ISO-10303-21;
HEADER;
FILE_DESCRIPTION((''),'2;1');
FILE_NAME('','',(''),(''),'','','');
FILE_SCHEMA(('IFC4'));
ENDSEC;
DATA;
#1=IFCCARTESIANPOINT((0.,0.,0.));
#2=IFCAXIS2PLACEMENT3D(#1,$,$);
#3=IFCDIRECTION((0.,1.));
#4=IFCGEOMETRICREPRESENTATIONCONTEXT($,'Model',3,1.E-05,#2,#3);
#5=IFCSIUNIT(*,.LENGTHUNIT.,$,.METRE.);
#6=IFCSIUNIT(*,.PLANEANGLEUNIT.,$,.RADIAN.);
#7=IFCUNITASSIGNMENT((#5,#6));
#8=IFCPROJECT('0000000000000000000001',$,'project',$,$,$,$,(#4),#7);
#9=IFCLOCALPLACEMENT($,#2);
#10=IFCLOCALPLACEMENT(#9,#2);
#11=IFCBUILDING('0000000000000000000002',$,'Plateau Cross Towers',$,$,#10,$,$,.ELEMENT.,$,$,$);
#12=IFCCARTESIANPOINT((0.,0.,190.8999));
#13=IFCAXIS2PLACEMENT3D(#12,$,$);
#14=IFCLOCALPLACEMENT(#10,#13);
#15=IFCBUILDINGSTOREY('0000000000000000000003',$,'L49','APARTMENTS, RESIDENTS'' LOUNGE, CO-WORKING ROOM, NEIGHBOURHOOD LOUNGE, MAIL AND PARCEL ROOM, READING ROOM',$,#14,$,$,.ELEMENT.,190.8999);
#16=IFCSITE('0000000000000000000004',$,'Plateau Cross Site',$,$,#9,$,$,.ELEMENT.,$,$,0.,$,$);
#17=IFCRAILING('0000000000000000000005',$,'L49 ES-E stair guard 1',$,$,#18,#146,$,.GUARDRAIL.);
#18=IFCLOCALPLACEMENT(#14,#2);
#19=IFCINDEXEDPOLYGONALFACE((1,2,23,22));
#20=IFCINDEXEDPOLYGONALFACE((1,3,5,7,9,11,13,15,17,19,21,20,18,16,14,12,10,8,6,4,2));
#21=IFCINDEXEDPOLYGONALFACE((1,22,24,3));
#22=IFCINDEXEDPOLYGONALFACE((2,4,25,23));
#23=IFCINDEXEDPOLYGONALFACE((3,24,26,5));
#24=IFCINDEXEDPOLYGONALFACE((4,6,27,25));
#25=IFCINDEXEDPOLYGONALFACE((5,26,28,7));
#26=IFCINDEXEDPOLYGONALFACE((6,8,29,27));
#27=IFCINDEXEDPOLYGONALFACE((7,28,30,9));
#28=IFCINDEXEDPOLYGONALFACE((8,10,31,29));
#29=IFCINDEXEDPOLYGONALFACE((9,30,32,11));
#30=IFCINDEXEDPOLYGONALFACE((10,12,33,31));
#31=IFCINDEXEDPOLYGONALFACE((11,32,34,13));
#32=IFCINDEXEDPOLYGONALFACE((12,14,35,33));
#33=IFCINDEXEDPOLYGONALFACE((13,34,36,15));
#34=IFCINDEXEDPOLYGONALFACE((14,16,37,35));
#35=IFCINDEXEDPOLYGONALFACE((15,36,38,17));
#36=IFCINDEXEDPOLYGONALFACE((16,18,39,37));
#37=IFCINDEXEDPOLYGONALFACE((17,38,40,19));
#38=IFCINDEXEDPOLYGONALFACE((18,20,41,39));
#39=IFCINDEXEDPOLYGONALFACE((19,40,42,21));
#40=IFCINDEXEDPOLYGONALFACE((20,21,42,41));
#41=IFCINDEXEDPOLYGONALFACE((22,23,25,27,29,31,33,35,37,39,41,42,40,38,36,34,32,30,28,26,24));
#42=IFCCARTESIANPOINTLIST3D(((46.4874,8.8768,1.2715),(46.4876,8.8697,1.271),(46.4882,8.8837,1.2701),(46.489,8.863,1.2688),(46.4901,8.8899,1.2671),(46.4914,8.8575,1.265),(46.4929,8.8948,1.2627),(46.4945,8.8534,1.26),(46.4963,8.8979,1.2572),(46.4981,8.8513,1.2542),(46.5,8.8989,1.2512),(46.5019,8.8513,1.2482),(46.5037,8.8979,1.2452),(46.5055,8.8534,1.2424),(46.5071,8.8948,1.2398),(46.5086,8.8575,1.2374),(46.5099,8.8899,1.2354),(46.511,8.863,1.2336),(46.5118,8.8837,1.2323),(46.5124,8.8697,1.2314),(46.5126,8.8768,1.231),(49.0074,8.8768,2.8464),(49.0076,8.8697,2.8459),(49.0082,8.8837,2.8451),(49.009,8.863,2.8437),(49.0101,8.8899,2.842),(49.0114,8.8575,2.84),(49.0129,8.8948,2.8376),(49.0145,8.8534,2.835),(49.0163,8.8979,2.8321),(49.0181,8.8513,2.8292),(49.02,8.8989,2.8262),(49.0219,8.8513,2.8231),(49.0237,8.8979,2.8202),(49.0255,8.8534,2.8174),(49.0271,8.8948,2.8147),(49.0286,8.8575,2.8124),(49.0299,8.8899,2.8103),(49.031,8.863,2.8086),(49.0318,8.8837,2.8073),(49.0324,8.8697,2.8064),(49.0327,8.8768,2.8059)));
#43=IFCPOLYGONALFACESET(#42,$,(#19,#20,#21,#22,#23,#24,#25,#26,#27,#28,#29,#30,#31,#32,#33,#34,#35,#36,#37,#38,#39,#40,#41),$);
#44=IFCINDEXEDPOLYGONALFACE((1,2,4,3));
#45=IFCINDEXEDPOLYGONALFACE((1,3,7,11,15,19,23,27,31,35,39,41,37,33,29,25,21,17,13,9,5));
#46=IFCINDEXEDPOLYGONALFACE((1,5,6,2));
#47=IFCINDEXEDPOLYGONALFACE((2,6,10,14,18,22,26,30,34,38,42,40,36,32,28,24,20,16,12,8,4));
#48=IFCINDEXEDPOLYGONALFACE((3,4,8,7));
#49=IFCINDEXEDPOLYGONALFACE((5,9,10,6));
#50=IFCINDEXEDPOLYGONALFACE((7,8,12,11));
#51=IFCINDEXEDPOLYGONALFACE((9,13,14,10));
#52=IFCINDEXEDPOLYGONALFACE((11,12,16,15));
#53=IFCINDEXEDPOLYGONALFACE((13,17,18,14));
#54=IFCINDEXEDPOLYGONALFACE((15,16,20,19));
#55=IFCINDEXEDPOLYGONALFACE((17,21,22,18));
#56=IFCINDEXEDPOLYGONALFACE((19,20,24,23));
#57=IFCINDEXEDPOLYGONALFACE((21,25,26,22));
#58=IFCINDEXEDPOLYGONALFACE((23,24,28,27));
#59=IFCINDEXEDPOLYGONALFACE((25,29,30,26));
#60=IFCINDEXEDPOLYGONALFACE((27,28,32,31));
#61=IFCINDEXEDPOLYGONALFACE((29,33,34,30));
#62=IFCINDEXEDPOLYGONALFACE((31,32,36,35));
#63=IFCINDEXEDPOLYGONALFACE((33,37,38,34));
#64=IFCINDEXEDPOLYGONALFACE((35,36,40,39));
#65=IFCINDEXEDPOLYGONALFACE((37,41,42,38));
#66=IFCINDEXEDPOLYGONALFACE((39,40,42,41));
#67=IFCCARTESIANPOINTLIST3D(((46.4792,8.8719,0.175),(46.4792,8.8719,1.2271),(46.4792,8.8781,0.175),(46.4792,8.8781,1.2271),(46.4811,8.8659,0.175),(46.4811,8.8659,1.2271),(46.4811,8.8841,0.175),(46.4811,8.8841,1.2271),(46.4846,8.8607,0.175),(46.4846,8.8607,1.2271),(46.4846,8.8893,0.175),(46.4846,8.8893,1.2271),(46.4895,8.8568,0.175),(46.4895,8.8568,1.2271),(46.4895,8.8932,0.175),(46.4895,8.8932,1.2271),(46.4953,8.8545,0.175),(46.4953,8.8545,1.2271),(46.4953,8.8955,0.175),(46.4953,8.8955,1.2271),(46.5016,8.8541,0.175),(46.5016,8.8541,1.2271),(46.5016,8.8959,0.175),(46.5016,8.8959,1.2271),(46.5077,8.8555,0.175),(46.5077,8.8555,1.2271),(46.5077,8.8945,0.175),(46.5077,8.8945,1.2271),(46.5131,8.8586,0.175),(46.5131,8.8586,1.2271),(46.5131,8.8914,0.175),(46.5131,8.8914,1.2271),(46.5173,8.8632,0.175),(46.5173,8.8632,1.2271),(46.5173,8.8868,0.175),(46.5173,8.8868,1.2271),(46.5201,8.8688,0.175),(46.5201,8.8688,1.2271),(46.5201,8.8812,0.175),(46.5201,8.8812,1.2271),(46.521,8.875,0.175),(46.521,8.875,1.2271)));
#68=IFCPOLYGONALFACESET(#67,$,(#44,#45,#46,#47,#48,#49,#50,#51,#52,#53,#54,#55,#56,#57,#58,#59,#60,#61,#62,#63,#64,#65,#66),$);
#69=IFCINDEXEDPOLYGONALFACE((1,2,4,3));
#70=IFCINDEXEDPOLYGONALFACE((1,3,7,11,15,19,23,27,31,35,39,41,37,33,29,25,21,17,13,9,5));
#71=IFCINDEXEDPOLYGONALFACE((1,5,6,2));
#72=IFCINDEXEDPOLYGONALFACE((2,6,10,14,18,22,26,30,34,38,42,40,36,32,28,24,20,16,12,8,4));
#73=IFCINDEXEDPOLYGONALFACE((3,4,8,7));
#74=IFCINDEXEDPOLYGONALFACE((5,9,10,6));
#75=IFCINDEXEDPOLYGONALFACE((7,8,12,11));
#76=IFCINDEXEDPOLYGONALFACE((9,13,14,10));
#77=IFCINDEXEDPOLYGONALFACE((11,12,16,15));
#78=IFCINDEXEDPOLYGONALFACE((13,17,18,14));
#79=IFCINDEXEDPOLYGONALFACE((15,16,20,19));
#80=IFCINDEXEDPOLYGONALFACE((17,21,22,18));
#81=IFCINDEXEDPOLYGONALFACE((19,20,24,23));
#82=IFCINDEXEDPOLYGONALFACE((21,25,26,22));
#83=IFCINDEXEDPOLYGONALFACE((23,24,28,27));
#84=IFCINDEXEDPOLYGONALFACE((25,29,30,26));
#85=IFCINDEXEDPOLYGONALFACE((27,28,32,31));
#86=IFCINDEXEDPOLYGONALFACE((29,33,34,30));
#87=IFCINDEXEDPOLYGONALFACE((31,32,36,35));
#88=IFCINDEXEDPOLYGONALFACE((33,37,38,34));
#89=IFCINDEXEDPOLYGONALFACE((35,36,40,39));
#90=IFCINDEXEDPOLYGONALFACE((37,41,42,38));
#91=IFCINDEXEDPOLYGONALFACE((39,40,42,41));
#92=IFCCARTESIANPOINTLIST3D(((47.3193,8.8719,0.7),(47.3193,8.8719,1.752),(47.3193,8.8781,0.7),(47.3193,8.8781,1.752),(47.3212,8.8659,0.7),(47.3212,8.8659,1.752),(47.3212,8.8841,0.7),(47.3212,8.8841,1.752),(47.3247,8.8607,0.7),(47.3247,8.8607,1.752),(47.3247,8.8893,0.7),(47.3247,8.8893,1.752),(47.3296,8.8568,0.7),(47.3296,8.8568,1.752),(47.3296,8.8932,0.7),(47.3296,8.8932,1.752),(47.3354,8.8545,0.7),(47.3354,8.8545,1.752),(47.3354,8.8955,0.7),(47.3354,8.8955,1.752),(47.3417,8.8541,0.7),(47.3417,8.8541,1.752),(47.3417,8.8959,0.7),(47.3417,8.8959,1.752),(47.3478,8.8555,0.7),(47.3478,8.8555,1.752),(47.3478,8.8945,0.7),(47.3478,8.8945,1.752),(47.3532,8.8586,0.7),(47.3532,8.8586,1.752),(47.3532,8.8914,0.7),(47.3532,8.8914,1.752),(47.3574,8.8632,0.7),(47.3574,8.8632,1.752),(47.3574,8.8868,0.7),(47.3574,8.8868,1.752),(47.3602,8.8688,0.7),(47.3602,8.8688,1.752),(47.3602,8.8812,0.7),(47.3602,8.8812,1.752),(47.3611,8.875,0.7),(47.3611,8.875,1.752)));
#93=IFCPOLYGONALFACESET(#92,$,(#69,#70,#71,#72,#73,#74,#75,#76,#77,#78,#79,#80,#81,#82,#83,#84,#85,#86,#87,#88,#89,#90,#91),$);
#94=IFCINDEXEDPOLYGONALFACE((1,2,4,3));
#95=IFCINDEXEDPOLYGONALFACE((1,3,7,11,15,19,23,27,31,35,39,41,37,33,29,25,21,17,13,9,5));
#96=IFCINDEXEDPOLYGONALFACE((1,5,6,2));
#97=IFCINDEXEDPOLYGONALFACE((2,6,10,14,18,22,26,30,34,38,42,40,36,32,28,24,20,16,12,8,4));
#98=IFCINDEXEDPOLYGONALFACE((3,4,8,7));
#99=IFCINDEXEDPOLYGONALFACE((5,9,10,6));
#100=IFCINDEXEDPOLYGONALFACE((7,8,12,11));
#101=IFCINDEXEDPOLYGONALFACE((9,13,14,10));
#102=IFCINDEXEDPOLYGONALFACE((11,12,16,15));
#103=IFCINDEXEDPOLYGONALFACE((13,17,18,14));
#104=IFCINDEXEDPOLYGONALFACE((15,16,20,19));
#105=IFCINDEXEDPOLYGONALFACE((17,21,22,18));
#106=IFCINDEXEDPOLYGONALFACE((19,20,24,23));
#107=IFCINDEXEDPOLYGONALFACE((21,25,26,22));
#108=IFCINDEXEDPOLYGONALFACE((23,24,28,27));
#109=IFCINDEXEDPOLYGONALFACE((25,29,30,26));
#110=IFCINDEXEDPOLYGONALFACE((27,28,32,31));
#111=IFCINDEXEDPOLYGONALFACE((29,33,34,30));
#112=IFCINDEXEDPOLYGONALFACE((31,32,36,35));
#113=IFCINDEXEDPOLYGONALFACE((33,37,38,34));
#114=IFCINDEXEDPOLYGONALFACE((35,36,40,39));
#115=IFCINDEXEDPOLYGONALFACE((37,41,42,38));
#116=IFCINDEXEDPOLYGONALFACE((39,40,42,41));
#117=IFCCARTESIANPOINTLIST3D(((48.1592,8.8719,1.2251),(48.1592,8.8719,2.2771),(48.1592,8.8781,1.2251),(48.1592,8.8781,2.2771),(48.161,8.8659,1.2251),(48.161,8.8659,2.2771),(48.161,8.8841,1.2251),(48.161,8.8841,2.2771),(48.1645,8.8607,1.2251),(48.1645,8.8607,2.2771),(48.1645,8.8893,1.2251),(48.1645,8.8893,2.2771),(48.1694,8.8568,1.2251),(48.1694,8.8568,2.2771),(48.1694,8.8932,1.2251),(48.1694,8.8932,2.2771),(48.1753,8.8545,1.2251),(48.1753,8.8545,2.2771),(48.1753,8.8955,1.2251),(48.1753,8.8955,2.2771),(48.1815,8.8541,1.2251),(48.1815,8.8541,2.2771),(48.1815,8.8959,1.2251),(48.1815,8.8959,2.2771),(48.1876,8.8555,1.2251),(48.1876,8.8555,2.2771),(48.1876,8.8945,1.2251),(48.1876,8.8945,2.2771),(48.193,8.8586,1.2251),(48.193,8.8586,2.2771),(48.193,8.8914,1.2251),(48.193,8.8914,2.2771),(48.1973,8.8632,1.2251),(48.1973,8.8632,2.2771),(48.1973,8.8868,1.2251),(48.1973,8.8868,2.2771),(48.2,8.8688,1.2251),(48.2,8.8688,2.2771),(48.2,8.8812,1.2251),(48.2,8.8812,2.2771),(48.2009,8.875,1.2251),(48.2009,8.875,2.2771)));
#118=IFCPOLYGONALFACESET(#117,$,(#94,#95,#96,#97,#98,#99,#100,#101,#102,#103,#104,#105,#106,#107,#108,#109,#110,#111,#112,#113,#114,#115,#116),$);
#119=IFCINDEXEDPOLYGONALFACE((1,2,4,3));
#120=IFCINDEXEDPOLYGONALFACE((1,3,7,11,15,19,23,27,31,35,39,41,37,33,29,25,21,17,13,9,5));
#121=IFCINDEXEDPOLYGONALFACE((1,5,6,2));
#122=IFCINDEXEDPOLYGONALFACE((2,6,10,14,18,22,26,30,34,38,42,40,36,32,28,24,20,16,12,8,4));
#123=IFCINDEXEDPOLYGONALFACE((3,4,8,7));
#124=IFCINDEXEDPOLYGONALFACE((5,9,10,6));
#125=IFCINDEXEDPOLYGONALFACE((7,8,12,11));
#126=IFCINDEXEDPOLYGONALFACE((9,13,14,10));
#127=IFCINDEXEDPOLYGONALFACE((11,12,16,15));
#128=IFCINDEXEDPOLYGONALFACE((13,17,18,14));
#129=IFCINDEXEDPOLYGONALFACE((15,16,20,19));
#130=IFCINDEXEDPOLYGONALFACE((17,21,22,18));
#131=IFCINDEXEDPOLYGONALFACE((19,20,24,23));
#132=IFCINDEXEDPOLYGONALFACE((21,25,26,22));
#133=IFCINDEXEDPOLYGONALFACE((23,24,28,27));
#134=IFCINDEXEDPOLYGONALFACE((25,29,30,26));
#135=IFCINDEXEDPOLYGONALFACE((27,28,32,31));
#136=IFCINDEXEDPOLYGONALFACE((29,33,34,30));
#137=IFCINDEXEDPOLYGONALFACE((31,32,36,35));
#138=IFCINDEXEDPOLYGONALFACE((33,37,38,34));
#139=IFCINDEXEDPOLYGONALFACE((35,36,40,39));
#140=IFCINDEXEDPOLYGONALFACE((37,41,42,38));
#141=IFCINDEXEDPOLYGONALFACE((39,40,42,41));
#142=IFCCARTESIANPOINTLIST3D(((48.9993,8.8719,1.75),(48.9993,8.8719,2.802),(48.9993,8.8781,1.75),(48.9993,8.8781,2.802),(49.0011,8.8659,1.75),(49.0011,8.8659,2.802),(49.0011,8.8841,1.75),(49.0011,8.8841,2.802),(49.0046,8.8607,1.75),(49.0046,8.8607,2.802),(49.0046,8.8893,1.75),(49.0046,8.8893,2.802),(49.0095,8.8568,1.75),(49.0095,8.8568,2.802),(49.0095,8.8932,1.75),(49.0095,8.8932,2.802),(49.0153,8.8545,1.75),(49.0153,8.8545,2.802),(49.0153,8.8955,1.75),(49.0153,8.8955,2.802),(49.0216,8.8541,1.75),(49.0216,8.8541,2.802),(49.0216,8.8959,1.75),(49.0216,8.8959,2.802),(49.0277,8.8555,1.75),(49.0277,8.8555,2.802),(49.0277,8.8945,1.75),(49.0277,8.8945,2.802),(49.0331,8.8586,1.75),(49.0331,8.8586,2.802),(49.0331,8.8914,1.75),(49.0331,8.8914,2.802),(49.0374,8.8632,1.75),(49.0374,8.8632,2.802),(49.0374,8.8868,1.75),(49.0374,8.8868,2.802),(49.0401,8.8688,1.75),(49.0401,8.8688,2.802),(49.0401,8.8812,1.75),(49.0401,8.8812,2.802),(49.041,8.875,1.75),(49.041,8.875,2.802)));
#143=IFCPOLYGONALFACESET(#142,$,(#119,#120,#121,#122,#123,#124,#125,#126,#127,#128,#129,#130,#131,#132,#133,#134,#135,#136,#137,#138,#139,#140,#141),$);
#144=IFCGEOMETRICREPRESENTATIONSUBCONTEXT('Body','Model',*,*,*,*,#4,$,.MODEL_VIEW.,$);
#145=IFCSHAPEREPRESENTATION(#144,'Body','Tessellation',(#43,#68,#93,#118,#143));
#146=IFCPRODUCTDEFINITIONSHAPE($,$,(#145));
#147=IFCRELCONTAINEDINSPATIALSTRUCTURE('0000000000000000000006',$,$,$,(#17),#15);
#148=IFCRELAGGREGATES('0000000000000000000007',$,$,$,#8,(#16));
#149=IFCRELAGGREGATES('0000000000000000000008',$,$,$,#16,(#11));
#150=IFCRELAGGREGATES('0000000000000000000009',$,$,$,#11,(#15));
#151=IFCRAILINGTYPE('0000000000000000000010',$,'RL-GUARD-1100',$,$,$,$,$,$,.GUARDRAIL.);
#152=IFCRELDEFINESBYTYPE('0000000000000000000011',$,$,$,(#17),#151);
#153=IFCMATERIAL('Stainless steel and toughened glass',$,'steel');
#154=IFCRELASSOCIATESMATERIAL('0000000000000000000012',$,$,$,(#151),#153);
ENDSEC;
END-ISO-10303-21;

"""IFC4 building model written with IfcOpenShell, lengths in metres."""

from ifc_helpers import new_model, si_unit, direction, frame, origin, origin_2d, place, context, subcontext, project, spatial, circle, extrude, material, type_object, element, save


model = new_model("IFC4")

# Units and contexts
model_context = context("Model", 3, precision=1e-05, world=origin(), true_north=direction((0.0, 1.0)))
body_context = subcontext(model_context, "Body", "Model", "MODEL_VIEW")
ifc_project = project(units=[si_unit("LENGTHUNIT", "METRE"), si_unit("PLANEANGLEUNIT", "RADIAN")], contexts=[model_context])

# Site, building, storey
site_placement = place(None, origin())
site = spatial("IfcSite", under=ifc_project, at=site_placement, Name="Plateau Cross Site", CompositionType="ELEMENT", RefElevation=0.0)
building_placement = place(site_placement, origin())
building = spatial("IfcBuilding", under=site, at=building_placement, Name="Plateau Cross Towers", CompositionType="ELEMENT")
storey_placement = place(building_placement, frame((0.0, 0.0, 190.8999)))
storey = spatial("IfcBuildingStorey", under=building, at=storey_placement, Name="L49", Description="APARTMENTS, RESIDENTS' LOUNGE, CO-WORKING ROOM, NEIGHBOURHOOD LOUNGE, MAIL AND PARCEL ROOM, READING ROOM", CompositionType="ELEMENT", Elevation=190.8999)

# Railing
ifc_material_1 = material(Name="Stainless steel and toughened glass", Category="steel")
railing_type_1 = type_object("IfcRailingType", Name="RL-GUARD-1100", PredefinedType="GUARDRAIL", material=ifc_material_1)
railing_1_placement = place(storey_placement, frame((46.5, 8.875, 0.175)))
element("IfcRailing", 1, at=railing_1_placement, inside=storey, type_object=railing_type_1, Name="L49 ES-E stair guard 1", PredefinedType="GUARDRAIL", context=body_context, shape_type="SweptSolid", body=[
    extrude(circle(Radius=0.0239, at=origin_2d()), frame((0.0, 0.0, 1.0762), z_axis=(0.848008, 0.0, 0.529984), x_axis=(0.0, 1.0, 0.0)), (0.0, 0.0, 1.0), 2.9717),
    extrude(circle(Radius=0.021, at=origin_2d()), origin(), (0.0, 0.0, 1.0), 1.052),
    extrude(circle(Radius=0.021, at=origin_2d()), frame((0.8401, 0.0, 0.5249)), (0.0, 0.0, 1.0), 1.052),
    extrude(circle(Radius=0.021, at=origin_2d()), frame((1.6799, 0.0, 1.05)), (0.0, 0.0, 1.0), 1.052),
    extrude(circle(Radius=0.021, at=origin_2d()), frame((2.52, 0.0, 1.575)), (0.0, 0.0, 1.0), 1.052),
])

save(model, "model.ifc")
